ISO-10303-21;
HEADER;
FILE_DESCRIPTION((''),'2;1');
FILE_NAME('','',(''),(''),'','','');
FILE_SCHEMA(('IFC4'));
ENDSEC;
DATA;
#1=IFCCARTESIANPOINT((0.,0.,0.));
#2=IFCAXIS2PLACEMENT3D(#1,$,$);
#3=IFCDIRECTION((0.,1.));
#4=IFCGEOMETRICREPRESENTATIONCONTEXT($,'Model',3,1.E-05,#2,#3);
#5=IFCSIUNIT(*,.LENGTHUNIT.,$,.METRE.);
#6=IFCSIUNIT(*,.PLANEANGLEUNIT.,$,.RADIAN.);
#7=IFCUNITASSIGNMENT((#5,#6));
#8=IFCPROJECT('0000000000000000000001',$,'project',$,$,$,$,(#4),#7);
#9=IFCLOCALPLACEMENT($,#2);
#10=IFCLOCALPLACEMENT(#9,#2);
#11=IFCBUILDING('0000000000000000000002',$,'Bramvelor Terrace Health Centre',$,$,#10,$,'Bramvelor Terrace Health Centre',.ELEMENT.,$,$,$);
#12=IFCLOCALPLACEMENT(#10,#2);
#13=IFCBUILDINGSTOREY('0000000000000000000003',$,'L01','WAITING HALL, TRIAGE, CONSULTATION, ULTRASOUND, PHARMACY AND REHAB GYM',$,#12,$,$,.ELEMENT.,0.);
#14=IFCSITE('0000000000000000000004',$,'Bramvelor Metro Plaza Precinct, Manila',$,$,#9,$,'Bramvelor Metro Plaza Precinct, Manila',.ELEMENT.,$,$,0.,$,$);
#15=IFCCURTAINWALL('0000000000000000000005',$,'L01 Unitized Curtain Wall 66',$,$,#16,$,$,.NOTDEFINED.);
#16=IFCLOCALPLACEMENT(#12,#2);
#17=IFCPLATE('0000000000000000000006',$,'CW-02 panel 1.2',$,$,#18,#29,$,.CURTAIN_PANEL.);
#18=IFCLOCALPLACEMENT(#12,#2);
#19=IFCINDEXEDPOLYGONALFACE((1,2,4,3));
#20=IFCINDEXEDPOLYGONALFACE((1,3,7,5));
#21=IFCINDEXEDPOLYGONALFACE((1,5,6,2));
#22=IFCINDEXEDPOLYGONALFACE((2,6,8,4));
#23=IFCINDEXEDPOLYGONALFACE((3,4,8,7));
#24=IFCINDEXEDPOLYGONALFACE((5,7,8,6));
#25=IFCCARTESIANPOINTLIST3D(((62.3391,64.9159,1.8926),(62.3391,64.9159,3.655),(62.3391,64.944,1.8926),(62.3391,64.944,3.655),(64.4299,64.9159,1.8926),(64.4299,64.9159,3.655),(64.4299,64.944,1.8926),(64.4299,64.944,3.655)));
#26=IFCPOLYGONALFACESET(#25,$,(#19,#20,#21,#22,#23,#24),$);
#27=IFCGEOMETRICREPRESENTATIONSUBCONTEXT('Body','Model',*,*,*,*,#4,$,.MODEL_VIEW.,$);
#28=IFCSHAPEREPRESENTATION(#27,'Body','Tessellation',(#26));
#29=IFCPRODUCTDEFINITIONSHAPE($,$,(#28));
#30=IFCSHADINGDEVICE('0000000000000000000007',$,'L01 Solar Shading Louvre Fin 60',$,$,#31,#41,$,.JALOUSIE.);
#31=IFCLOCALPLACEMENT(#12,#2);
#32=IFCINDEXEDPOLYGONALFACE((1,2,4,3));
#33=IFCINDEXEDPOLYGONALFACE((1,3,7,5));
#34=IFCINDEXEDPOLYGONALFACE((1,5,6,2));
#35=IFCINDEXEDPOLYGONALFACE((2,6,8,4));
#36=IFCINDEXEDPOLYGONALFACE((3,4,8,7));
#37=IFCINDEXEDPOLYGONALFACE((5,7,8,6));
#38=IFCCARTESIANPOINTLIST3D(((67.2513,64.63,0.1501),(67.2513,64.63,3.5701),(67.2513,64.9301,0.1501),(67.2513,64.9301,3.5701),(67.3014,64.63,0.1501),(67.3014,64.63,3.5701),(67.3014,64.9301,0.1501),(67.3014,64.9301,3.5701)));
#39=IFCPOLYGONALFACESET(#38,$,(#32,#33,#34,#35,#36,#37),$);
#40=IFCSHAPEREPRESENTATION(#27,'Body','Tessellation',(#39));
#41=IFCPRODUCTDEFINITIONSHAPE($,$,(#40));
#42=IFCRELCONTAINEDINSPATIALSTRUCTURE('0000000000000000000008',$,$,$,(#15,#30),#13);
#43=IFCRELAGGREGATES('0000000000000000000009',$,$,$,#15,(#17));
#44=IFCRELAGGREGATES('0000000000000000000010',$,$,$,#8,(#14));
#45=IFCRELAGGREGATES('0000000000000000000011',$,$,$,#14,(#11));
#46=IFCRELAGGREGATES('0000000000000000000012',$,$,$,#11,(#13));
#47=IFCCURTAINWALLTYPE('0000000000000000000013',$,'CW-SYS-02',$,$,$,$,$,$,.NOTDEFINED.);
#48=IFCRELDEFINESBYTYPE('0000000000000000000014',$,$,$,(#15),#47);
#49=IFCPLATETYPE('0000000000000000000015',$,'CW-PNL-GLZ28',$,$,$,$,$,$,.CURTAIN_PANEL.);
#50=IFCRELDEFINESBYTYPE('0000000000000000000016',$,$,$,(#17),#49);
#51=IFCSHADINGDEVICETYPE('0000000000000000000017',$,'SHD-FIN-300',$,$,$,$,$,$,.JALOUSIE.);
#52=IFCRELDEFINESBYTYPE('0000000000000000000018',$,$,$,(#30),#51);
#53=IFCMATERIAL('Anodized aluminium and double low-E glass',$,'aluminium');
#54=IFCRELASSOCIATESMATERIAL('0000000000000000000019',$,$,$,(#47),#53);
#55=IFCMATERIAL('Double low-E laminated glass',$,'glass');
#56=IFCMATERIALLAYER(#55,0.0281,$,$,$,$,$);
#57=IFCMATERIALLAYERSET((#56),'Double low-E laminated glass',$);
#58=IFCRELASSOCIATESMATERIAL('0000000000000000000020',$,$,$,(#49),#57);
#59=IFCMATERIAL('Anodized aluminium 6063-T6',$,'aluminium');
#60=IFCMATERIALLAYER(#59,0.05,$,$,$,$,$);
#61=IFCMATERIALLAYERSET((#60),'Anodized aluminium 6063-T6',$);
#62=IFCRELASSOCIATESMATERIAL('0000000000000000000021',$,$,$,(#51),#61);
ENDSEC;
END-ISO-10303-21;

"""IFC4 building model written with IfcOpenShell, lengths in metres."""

from ifc_helpers import new_model, si_unit, direction, frame, origin, origin_2d, place, context, subcontext, project, spatial, rectangle, extrude, material, layer, layer_set, type_object, element, aggregate, save


model = new_model("IFC4")

# Units and contexts
model_context = context("Model", 3, precision=1e-05, world=origin(), true_north=direction((0.0, 1.0)))
body_context = subcontext(model_context, "Body", "Model", "MODEL_VIEW")
ifc_project = project(units=[si_unit("LENGTHUNIT", "METRE"), si_unit("PLANEANGLEUNIT", "RADIAN")], contexts=[model_context])

# Site, building, storey
site_placement = place(None, origin())
site = spatial("IfcSite", under=ifc_project, at=site_placement, Name="Bramvelor Metro Plaza Precinct, Manila", LongName="Bramvelor Metro Plaza Precinct, Manila", CompositionType="ELEMENT", RefElevation=0.0)
building_placement = place(site_placement, origin())
building = spatial("IfcBuilding", under=site, at=building_placement, Name="Bramvelor Terrace Health Centre", LongName="Bramvelor Terrace Health Centre", CompositionType="ELEMENT")
storey_placement = place(building_placement, origin())
storey = spatial("IfcBuildingStorey", under=building, at=storey_placement, Name="L01", Description="WAITING HALL, TRIAGE, CONSULTATION, ULTRASOUND, PHARMACY AND REHAB GYM", CompositionType="ELEMENT", Elevation=0.0)

# Shared definitions
ifc_material_1 = material(Name="Anodized aluminium and double low-E glass", Category="aluminium")
curtain_wall_type = type_object("IfcCurtainWallType", Name="CW-SYS-02", PredefinedType="NOTDEFINED", material=ifc_material_1)

# Curtain wall
curtain_wall_1_placement = place(storey_placement, origin())
curtain_wall_1 = element("IfcCurtainWall", 1, at=curtain_wall_1_placement, inside=storey, type_object=curtain_wall_type, Name="L01 Unitized Curtain Wall 66", PredefinedType="NOTDEFINED")

# Plate
ifc_material_2 = material(Name="Double low-E laminated glass", Category="glass")
ifc_layer_1 = layer(ifc_material_2, 0.0281)
ifc_layer_set_1 = layer_set([ifc_layer_1], Name="Double low-E laminated glass")
plate_type = type_object("IfcPlateType", Name="CW-PNL-GLZ28", PredefinedType="CURTAIN_PANEL", material=ifc_layer_set_1)
plate_1_placement = place(storey_placement, frame((63.3845, 64.9299, 1.8926), z_axis=(0.0, 0.0, 1.0), x_axis=(-1.0, 0.0, 0.0)))
plate_1 = element("IfcPlate", 2, at=plate_1_placement, type_object=plate_type, Name="CW-02 panel 1.2", PredefinedType="CURTAIN_PANEL", context=body_context, shape_type="SweptSolid", body=[
    extrude(rectangle(XDim=2.0908, YDim=0.0281, at=origin_2d()), origin(), (0.0, 0.0, 1.0), 1.7625),
])
aggregate(curtain_wall_1, [plate_1])

# Shading device
ifc_material_3 = material(Name="Anodized aluminium 6063-T6", Category="aluminium")
ifc_layer_2 = layer(ifc_material_3, 0.05)
ifc_layer_set_2 = layer_set([ifc_layer_2], Name="Anodized aluminium 6063-T6")
shading_device_type = type_object("IfcShadingDeviceType", Name="SHD-FIN-300", PredefinedType="JALOUSIE", material=ifc_layer_set_2)
shading_device_placement = place(storey_placement, frame((67.2764, 64.78, 0.1501), z_axis=(0.0, 0.0, 1.0), x_axis=(1.0, 0.0, 0.0)))
element("IfcShadingDevice", 3, at=shading_device_placement, inside=storey, type_object=shading_device_type, Name="L01 Solar Shading Louvre Fin 60", PredefinedType="JALOUSIE", context=body_context, shape_type="SweptSolid", body=[
    extrude(rectangle(XDim=0.05, YDim=0.3, at=origin_2d()), origin(), (0.0, 0.0, 1.0), 3.4199),
])

save(model, "model.ifc")
